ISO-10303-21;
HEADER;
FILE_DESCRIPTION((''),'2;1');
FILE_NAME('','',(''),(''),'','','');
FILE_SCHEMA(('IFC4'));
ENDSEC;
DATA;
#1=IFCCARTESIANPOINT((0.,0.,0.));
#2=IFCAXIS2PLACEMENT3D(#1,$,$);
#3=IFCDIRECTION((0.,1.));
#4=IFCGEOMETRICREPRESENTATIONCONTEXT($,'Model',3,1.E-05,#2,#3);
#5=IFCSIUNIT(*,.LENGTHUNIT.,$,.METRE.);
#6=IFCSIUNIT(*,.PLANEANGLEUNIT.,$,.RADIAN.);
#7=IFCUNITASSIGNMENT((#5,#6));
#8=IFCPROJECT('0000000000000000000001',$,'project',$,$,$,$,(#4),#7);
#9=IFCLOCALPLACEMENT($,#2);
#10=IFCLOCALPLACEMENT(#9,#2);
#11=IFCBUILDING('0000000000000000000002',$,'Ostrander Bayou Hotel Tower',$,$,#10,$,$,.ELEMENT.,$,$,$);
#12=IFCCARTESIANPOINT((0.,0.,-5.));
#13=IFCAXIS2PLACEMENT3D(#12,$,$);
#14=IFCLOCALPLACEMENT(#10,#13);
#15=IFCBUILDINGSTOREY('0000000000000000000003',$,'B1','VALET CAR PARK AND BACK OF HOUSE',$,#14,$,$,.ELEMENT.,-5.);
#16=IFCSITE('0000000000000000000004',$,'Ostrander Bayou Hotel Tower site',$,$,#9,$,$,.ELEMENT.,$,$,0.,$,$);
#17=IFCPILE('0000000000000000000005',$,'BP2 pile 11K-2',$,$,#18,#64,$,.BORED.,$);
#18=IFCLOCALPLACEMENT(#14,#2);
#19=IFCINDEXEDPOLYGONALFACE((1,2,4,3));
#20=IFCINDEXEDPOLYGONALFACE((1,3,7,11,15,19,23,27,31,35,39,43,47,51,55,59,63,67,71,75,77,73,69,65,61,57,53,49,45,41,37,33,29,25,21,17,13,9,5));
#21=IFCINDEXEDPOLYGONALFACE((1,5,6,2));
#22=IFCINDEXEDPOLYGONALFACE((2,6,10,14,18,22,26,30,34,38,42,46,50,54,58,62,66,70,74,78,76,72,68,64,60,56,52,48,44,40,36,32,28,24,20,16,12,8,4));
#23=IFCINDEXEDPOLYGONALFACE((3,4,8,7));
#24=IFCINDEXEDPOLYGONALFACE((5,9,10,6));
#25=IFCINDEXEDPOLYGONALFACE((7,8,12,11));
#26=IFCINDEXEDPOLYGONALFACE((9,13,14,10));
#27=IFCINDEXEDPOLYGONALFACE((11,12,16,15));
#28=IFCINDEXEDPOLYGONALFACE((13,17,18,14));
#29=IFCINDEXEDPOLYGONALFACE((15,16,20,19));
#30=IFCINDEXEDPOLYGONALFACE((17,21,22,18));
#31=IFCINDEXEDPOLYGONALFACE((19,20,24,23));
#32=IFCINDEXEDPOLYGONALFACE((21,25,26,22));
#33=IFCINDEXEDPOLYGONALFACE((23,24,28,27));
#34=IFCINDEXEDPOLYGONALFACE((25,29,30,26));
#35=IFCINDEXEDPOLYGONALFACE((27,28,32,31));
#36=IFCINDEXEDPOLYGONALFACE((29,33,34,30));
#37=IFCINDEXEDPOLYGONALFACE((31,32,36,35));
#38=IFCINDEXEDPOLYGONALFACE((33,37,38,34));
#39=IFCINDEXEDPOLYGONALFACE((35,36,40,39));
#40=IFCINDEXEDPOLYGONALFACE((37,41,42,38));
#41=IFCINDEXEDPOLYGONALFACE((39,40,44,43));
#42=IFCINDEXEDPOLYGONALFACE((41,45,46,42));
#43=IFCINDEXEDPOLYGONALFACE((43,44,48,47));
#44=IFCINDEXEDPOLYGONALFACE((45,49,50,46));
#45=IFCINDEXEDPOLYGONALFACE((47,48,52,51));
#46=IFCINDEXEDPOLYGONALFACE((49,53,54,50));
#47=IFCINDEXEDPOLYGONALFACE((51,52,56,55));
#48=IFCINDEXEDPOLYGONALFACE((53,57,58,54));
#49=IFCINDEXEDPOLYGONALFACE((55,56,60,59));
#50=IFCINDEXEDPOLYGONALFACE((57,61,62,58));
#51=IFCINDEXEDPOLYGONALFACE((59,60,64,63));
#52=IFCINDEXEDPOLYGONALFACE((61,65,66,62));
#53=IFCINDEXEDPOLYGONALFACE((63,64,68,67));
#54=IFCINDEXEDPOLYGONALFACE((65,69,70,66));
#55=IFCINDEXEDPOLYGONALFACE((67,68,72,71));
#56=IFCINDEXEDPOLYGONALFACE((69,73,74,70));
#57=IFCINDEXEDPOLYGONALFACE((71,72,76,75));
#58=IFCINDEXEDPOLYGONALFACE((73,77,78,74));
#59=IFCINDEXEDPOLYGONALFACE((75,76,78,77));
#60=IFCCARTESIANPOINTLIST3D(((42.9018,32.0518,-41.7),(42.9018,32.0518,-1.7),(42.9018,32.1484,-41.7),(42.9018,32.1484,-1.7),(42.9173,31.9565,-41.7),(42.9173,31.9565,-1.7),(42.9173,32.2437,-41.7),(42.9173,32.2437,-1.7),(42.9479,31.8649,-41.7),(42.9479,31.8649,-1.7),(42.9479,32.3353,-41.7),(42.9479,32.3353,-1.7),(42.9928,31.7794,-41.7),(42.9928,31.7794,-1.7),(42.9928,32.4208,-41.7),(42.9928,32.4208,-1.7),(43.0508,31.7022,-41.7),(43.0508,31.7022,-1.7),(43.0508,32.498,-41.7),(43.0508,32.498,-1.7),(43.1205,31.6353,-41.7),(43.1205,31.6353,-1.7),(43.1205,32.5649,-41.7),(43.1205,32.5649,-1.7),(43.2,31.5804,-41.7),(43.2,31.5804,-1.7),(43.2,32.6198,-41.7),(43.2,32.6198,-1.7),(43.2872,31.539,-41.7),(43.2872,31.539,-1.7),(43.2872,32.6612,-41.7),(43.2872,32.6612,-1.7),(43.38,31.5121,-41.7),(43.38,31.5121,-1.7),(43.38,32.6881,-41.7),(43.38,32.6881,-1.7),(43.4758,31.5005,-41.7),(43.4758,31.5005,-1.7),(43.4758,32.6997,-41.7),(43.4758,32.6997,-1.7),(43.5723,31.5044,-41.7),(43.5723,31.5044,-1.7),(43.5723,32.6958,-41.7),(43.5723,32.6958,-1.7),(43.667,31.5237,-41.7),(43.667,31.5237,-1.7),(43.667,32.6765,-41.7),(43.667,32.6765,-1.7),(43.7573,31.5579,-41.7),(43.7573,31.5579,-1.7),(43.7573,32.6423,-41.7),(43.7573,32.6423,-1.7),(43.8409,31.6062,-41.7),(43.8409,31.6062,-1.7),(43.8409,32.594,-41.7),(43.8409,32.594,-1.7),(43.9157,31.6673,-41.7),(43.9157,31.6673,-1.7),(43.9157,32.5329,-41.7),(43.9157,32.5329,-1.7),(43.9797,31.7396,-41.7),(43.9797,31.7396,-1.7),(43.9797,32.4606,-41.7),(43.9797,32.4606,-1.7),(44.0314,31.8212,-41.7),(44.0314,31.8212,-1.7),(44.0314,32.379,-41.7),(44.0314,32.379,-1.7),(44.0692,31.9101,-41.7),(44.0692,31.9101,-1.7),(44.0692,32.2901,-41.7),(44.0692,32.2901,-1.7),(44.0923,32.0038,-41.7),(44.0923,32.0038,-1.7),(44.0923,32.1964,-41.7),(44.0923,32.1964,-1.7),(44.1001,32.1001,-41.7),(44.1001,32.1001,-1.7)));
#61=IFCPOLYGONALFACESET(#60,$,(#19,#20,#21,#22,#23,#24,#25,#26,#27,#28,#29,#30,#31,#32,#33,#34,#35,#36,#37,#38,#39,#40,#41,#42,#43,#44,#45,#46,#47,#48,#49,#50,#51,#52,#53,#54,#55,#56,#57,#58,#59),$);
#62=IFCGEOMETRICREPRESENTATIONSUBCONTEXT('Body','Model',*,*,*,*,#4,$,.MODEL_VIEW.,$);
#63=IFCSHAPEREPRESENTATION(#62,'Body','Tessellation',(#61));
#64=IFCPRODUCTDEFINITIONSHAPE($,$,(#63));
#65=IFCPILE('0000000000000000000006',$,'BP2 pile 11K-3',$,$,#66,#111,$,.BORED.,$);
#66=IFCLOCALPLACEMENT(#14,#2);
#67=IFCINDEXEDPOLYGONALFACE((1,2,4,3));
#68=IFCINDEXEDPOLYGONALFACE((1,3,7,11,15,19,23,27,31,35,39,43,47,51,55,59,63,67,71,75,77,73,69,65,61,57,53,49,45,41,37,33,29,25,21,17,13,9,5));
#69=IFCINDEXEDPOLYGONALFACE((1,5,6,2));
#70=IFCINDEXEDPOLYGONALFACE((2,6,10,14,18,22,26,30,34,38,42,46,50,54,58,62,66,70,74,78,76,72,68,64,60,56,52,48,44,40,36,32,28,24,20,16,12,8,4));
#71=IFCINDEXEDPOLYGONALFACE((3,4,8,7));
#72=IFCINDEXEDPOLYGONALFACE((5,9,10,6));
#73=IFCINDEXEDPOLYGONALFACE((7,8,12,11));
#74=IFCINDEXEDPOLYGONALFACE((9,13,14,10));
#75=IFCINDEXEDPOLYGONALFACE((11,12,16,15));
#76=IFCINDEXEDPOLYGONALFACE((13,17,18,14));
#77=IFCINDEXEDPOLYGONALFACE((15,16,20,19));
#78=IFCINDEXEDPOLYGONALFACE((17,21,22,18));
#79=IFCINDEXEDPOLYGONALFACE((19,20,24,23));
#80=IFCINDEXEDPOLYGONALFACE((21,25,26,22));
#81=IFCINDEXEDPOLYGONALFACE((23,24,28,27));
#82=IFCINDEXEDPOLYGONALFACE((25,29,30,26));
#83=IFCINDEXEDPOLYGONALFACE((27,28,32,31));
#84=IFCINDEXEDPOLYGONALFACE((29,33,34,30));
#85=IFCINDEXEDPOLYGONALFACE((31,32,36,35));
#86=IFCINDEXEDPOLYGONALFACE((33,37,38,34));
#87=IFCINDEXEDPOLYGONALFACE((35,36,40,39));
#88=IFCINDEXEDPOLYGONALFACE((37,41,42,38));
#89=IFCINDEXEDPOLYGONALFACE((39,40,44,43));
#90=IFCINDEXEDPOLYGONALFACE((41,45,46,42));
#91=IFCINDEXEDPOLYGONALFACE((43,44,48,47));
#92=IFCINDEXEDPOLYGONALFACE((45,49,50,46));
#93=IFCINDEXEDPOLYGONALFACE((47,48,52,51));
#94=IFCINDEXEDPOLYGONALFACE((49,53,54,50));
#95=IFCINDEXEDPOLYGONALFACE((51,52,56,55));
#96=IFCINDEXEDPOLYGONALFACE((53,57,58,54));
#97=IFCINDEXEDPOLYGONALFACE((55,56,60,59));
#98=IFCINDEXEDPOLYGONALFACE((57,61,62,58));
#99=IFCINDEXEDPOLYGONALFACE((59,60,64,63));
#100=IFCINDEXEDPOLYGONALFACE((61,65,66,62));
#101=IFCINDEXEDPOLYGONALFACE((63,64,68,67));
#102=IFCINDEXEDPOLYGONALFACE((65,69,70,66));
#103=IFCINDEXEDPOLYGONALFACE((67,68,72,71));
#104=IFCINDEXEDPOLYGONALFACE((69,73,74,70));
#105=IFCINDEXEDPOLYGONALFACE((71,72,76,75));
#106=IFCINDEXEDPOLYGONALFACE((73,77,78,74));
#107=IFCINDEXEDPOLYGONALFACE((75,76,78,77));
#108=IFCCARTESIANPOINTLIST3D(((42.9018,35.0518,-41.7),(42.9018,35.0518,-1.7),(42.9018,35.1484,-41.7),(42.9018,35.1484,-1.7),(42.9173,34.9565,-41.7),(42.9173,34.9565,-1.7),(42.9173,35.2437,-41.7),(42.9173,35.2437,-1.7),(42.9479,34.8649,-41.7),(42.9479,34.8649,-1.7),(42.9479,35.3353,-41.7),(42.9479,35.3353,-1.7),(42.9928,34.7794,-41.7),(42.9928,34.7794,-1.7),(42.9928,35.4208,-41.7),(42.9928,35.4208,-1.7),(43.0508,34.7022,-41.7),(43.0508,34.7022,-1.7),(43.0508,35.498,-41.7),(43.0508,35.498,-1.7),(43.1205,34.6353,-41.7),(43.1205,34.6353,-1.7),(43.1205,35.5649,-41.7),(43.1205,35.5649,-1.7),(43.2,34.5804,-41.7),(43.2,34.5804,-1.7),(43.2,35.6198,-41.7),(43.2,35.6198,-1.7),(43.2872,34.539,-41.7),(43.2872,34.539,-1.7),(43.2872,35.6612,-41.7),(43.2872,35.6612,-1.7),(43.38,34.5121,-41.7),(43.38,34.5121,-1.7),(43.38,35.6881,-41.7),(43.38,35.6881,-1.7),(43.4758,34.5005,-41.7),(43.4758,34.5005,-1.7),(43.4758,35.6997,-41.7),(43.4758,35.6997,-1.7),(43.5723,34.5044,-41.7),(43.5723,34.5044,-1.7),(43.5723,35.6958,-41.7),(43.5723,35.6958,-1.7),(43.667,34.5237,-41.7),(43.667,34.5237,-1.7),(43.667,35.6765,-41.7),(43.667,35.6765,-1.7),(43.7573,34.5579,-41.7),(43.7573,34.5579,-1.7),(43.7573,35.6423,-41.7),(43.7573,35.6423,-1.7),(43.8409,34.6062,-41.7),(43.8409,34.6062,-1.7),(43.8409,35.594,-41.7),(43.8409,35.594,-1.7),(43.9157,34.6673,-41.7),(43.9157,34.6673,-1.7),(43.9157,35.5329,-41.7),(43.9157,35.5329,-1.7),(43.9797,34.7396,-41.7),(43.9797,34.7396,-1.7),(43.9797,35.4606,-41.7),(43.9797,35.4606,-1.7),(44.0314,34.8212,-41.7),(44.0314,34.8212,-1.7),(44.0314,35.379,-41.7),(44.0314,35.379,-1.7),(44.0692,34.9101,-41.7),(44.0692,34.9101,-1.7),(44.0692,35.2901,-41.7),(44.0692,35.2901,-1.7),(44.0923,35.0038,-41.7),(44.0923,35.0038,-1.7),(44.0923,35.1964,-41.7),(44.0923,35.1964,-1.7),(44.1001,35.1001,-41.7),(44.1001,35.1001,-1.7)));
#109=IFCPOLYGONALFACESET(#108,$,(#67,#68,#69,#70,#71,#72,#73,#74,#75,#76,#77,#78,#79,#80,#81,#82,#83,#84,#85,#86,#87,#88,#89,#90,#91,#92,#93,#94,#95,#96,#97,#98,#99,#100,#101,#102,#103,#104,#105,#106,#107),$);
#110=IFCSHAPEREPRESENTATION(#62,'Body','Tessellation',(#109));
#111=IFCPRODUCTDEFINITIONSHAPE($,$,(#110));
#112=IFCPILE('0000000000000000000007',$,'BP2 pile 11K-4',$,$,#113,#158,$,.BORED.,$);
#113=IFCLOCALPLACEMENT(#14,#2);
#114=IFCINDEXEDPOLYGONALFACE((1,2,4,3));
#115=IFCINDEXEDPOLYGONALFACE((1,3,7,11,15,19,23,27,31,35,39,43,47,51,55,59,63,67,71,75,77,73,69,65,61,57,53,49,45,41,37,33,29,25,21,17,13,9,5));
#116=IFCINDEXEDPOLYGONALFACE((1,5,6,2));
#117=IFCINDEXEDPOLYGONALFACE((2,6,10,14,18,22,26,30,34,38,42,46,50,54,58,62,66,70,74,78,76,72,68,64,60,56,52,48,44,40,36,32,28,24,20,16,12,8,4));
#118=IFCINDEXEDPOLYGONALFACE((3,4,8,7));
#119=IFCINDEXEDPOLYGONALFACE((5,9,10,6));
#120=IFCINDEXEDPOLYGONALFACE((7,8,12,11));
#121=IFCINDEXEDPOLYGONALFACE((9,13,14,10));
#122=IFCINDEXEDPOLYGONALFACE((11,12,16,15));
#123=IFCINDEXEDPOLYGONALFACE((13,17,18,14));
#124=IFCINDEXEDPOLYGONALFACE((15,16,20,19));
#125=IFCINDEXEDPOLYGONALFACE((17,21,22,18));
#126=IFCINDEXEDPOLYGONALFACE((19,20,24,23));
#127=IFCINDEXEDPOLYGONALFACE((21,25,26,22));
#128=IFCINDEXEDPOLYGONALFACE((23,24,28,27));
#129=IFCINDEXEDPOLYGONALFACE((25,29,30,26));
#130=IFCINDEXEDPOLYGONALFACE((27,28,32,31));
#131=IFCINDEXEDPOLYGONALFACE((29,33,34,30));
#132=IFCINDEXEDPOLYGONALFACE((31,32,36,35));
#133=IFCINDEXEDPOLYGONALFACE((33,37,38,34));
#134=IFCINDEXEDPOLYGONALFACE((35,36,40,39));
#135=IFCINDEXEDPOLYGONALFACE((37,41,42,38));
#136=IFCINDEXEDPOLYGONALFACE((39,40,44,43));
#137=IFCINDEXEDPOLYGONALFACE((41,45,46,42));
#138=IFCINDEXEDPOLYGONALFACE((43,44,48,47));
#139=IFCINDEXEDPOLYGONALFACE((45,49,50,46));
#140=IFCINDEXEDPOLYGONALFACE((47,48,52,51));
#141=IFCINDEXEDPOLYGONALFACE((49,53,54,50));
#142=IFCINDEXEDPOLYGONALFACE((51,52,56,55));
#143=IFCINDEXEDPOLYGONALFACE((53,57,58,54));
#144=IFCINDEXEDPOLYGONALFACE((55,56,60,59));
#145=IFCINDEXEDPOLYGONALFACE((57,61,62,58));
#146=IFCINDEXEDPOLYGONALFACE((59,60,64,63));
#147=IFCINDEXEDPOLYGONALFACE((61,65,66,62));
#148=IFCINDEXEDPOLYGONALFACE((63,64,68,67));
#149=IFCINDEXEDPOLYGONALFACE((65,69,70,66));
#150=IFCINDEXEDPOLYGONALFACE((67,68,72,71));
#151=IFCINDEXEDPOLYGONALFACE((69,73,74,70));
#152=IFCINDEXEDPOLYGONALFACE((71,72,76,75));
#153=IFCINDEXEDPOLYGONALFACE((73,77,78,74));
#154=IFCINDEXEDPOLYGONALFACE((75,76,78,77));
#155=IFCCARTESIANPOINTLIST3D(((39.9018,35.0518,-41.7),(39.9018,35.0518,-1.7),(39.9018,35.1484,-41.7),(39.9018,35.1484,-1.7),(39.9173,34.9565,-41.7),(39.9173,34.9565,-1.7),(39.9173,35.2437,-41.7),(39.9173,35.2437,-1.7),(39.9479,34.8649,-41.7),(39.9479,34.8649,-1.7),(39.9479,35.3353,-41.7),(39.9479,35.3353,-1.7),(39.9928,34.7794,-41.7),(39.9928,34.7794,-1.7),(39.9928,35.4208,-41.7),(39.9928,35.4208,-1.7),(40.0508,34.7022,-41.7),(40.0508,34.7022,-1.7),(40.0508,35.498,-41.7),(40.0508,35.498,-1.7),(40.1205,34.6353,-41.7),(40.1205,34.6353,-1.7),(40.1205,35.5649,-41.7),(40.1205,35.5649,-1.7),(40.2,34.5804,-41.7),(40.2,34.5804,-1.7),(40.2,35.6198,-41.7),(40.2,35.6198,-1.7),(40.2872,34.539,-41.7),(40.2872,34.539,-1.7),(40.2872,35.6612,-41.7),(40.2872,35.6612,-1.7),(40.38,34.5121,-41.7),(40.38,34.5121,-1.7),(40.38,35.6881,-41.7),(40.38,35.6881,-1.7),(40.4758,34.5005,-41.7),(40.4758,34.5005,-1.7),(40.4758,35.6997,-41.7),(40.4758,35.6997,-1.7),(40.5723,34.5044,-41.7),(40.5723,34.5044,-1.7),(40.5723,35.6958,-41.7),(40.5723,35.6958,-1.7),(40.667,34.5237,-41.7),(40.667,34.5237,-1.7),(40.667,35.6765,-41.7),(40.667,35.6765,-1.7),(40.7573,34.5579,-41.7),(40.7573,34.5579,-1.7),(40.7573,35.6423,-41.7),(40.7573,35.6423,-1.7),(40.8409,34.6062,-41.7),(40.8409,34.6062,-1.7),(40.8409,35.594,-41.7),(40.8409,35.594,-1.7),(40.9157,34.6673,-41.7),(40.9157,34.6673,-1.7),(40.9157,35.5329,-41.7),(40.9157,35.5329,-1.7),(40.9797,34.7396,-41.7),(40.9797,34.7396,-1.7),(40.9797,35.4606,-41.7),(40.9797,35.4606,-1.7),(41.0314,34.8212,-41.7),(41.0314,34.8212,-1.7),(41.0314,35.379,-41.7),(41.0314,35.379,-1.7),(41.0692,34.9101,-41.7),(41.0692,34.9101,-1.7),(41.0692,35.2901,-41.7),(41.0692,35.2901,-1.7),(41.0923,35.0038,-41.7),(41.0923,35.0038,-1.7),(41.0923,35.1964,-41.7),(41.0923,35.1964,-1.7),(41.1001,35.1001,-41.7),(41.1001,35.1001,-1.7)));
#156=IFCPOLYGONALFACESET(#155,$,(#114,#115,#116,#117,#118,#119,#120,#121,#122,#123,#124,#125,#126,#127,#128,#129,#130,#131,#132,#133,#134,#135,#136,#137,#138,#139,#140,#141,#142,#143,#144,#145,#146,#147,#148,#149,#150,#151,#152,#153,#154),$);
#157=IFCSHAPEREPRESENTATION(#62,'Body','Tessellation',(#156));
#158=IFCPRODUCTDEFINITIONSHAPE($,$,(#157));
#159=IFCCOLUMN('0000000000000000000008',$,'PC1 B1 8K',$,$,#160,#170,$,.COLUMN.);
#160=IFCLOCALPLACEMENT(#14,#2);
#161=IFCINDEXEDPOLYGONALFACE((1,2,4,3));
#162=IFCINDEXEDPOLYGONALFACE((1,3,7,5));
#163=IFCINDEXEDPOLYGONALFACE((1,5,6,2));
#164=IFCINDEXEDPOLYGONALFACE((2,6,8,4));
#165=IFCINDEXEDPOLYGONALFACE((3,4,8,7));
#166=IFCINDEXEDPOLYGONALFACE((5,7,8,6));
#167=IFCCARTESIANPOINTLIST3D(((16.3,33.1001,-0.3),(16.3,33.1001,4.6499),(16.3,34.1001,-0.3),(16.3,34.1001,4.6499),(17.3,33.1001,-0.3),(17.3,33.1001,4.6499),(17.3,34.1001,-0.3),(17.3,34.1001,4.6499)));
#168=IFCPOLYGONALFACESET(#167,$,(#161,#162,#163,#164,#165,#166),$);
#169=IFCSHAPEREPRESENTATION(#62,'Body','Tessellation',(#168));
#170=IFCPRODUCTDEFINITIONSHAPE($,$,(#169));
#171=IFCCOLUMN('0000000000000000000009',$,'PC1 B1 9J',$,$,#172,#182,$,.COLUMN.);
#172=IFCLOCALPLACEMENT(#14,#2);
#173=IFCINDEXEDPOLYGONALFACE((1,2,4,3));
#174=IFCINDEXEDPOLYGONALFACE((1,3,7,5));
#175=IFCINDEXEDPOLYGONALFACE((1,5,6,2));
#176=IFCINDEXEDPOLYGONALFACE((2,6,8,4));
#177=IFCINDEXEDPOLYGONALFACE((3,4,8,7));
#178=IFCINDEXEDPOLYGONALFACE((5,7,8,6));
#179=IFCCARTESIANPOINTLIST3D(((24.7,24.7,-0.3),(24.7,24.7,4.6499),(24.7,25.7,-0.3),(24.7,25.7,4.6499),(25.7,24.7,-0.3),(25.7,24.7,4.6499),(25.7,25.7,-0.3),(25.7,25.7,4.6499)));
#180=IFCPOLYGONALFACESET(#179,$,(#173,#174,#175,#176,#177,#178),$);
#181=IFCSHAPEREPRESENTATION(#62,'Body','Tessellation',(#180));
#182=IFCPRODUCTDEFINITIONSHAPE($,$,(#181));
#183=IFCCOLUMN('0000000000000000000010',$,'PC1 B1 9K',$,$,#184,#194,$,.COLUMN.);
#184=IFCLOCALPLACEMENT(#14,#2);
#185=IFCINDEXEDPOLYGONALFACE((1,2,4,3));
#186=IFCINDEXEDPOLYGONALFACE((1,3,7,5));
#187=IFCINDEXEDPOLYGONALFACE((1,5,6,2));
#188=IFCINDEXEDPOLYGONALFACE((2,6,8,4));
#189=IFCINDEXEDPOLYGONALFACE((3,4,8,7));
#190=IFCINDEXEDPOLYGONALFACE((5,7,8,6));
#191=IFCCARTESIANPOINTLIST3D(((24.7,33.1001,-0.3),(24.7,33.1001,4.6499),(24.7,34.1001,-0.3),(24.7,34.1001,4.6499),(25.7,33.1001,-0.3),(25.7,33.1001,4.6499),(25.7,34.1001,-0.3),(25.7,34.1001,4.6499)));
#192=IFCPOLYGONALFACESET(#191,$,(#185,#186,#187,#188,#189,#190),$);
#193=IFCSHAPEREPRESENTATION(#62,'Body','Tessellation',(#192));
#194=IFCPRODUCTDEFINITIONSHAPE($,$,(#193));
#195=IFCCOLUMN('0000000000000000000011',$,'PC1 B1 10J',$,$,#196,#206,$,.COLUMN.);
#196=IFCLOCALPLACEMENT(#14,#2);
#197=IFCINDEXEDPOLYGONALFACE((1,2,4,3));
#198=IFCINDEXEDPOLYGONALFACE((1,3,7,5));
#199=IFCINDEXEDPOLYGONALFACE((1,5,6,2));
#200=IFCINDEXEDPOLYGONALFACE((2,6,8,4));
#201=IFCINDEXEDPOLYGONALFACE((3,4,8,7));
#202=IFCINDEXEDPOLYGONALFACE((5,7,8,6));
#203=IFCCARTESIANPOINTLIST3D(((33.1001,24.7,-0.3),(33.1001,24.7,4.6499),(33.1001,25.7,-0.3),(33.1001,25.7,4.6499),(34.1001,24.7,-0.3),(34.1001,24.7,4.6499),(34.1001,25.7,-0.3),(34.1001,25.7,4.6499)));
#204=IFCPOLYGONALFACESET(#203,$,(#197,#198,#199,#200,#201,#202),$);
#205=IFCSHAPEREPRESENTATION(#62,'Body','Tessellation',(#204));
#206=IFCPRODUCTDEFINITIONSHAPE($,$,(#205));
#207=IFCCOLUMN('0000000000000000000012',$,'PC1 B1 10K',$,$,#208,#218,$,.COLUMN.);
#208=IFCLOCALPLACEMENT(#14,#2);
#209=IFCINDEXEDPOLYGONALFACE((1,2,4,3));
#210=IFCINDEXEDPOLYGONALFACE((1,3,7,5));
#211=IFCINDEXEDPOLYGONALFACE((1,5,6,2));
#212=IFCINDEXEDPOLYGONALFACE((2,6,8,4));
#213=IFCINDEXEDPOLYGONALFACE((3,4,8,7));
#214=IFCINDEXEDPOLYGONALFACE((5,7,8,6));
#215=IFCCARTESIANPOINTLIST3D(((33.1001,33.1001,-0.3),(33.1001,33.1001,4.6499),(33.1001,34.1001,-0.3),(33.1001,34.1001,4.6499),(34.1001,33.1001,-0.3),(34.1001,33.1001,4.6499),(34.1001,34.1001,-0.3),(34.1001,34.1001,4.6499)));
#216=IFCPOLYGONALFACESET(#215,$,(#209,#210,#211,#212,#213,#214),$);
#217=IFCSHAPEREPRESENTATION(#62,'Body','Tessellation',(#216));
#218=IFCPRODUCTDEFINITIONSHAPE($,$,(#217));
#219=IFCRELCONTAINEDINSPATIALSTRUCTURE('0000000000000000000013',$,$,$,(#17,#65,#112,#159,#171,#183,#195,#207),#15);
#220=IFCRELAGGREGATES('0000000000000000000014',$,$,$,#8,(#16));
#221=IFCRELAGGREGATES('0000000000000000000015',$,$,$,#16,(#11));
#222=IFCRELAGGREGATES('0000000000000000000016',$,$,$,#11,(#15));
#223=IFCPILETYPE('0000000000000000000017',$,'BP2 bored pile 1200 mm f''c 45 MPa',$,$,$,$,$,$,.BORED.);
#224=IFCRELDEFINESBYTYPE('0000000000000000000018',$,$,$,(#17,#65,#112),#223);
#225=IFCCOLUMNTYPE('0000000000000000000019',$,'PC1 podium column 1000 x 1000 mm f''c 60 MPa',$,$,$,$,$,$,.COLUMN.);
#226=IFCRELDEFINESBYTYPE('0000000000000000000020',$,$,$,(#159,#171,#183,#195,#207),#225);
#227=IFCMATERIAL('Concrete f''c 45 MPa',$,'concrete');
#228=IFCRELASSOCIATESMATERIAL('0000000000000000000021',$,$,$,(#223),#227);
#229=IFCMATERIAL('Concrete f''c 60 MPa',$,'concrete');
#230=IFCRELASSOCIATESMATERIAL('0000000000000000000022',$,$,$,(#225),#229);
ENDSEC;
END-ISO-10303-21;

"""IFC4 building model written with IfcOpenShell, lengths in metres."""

from ifc_helpers import new_model, si_unit, direction, frame, origin, origin_2d, place, context, subcontext, project, spatial, rectangle, circle, extrude, material, material_profile, profile_set, type_object, element, save


model = new_model("IFC4")

# Units and contexts
model_context = context("Model", 3, precision=1e-05, world=origin(), true_north=direction((0.0, 1.0)))
body_context = subcontext(model_context, "Body", "Model", "MODEL_VIEW")
ifc_project = project(units=[si_unit("LENGTHUNIT", "METRE"), si_unit("PLANEANGLEUNIT", "RADIAN")], contexts=[model_context])

# Site, building, storey
site_placement = place(None, origin())
site = spatial("IfcSite", under=ifc_project, at=site_placement, Name="Ostrander Bayou Hotel Tower site", CompositionType="ELEMENT", RefElevation=0.0)
building_placement = place(site_placement, origin())
building = spatial("IfcBuilding", under=site, at=building_placement, Name="Ostrander Bayou Hotel Tower", CompositionType="ELEMENT")
storey_placement = place(building_placement, frame((0.0, 0.0, -5.0)))
storey = spatial("IfcBuildingStorey", under=building, at=storey_placement, Name="B1", Description="VALET CAR PARK AND BACK OF HOUSE", CompositionType="ELEMENT", Elevation=-5.0)

# Piles
ifc_material_1 = material(Name="Concrete f'c 45 MPa", Category="concrete")
ifc_material_profile_1 = material_profile(ifc_material_1, circle(Radius=0.6001, at=origin_2d()))
ifc_profile_set_1 = profile_set([ifc_material_profile_1], Name="Concrete f'c 45 MPa")
pile_type = type_object("IfcPileType", Name="BP2 bored pile 1200 mm f'c 45 MPa", PredefinedType="BORED", material=ifc_profile_set_1)
for number, where, z_axis, x_axis, name in (
    (1, (43.5, 32.1001, -1.7), (0.0, 0.0, -1.0), (1.0, 0.0, 0.0), "BP2 pile 11K-2"),
    (2, (43.5, 35.1001, -1.7), (0.0, 0.0, -1.0), (1.0, 0.0, 0.0), "BP2 pile 11K-3"),
    (3, (40.5, 35.1001, -1.7), (0.0, 0.0, -1.0), (1.0, 0.0, 0.0), "BP2 pile 11K-4"),
):
    element("IfcPile", number, at=place(storey_placement, frame(where, z_axis=z_axis, x_axis=x_axis)), inside=storey, type_object=pile_type, Name=name, PredefinedType="BORED", context=body_context, shape_type="SweptSolid", body=[
        extrude(circle(Radius=0.6001, at=origin_2d()), origin(), (0.0, 0.0, 1.0), 40.0),
    ])

# Columns
ifc_material_2 = material(Name="Concrete f'c 60 MPa", Category="concrete")
ifc_material_profile_2 = material_profile(ifc_material_2, rectangle(XDim=1.0, YDim=1.0, at=origin_2d()))
ifc_profile_set_2 = profile_set([ifc_material_profile_2], Name="Concrete f'c 60 MPa")
column_type = type_object("IfcColumnType", Name="PC1 podium column 1000 x 1000 mm f'c 60 MPa", PredefinedType="COLUMN", material=ifc_profile_set_2)
for number, where, z_axis, x_axis, name in (
    (4, (16.8, 33.6001, -0.3), (0.0, 0.0, 1.0), (1.0, 0.0, 0.0), "PC1 B1 8K"),
    (5, (25.2, 25.2, -0.3), (0.0, 0.0, 1.0), (1.0, 0.0, 0.0), "PC1 B1 9J"),
    (6, (25.2, 33.6001, -0.3), (0.0, 0.0, 1.0), (1.0, 0.0, 0.0), "PC1 B1 9K"),
    (7, (33.6001, 25.2, -0.3), (0.0, 0.0, 1.0), (1.0, 0.0, 0.0), "PC1 B1 10J"),
    (8, (33.6001, 33.6001, -0.3), (0.0, 0.0, 1.0), (1.0, 0.0, 0.0), "PC1 B1 10K"),
):
    element("IfcColumn", number, at=place(storey_placement, frame(where, z_axis=z_axis, x_axis=x_axis)), inside=storey, type_object=column_type, Name=name, PredefinedType="COLUMN", context=body_context, shape_type="SweptSolid", body=[
        extrude(rectangle(XDim=1.0, YDim=1.0, at=origin_2d()), origin(), (0.0, 0.0, 1.0), 4.95),
    ])

save(model, "model.ifc")
